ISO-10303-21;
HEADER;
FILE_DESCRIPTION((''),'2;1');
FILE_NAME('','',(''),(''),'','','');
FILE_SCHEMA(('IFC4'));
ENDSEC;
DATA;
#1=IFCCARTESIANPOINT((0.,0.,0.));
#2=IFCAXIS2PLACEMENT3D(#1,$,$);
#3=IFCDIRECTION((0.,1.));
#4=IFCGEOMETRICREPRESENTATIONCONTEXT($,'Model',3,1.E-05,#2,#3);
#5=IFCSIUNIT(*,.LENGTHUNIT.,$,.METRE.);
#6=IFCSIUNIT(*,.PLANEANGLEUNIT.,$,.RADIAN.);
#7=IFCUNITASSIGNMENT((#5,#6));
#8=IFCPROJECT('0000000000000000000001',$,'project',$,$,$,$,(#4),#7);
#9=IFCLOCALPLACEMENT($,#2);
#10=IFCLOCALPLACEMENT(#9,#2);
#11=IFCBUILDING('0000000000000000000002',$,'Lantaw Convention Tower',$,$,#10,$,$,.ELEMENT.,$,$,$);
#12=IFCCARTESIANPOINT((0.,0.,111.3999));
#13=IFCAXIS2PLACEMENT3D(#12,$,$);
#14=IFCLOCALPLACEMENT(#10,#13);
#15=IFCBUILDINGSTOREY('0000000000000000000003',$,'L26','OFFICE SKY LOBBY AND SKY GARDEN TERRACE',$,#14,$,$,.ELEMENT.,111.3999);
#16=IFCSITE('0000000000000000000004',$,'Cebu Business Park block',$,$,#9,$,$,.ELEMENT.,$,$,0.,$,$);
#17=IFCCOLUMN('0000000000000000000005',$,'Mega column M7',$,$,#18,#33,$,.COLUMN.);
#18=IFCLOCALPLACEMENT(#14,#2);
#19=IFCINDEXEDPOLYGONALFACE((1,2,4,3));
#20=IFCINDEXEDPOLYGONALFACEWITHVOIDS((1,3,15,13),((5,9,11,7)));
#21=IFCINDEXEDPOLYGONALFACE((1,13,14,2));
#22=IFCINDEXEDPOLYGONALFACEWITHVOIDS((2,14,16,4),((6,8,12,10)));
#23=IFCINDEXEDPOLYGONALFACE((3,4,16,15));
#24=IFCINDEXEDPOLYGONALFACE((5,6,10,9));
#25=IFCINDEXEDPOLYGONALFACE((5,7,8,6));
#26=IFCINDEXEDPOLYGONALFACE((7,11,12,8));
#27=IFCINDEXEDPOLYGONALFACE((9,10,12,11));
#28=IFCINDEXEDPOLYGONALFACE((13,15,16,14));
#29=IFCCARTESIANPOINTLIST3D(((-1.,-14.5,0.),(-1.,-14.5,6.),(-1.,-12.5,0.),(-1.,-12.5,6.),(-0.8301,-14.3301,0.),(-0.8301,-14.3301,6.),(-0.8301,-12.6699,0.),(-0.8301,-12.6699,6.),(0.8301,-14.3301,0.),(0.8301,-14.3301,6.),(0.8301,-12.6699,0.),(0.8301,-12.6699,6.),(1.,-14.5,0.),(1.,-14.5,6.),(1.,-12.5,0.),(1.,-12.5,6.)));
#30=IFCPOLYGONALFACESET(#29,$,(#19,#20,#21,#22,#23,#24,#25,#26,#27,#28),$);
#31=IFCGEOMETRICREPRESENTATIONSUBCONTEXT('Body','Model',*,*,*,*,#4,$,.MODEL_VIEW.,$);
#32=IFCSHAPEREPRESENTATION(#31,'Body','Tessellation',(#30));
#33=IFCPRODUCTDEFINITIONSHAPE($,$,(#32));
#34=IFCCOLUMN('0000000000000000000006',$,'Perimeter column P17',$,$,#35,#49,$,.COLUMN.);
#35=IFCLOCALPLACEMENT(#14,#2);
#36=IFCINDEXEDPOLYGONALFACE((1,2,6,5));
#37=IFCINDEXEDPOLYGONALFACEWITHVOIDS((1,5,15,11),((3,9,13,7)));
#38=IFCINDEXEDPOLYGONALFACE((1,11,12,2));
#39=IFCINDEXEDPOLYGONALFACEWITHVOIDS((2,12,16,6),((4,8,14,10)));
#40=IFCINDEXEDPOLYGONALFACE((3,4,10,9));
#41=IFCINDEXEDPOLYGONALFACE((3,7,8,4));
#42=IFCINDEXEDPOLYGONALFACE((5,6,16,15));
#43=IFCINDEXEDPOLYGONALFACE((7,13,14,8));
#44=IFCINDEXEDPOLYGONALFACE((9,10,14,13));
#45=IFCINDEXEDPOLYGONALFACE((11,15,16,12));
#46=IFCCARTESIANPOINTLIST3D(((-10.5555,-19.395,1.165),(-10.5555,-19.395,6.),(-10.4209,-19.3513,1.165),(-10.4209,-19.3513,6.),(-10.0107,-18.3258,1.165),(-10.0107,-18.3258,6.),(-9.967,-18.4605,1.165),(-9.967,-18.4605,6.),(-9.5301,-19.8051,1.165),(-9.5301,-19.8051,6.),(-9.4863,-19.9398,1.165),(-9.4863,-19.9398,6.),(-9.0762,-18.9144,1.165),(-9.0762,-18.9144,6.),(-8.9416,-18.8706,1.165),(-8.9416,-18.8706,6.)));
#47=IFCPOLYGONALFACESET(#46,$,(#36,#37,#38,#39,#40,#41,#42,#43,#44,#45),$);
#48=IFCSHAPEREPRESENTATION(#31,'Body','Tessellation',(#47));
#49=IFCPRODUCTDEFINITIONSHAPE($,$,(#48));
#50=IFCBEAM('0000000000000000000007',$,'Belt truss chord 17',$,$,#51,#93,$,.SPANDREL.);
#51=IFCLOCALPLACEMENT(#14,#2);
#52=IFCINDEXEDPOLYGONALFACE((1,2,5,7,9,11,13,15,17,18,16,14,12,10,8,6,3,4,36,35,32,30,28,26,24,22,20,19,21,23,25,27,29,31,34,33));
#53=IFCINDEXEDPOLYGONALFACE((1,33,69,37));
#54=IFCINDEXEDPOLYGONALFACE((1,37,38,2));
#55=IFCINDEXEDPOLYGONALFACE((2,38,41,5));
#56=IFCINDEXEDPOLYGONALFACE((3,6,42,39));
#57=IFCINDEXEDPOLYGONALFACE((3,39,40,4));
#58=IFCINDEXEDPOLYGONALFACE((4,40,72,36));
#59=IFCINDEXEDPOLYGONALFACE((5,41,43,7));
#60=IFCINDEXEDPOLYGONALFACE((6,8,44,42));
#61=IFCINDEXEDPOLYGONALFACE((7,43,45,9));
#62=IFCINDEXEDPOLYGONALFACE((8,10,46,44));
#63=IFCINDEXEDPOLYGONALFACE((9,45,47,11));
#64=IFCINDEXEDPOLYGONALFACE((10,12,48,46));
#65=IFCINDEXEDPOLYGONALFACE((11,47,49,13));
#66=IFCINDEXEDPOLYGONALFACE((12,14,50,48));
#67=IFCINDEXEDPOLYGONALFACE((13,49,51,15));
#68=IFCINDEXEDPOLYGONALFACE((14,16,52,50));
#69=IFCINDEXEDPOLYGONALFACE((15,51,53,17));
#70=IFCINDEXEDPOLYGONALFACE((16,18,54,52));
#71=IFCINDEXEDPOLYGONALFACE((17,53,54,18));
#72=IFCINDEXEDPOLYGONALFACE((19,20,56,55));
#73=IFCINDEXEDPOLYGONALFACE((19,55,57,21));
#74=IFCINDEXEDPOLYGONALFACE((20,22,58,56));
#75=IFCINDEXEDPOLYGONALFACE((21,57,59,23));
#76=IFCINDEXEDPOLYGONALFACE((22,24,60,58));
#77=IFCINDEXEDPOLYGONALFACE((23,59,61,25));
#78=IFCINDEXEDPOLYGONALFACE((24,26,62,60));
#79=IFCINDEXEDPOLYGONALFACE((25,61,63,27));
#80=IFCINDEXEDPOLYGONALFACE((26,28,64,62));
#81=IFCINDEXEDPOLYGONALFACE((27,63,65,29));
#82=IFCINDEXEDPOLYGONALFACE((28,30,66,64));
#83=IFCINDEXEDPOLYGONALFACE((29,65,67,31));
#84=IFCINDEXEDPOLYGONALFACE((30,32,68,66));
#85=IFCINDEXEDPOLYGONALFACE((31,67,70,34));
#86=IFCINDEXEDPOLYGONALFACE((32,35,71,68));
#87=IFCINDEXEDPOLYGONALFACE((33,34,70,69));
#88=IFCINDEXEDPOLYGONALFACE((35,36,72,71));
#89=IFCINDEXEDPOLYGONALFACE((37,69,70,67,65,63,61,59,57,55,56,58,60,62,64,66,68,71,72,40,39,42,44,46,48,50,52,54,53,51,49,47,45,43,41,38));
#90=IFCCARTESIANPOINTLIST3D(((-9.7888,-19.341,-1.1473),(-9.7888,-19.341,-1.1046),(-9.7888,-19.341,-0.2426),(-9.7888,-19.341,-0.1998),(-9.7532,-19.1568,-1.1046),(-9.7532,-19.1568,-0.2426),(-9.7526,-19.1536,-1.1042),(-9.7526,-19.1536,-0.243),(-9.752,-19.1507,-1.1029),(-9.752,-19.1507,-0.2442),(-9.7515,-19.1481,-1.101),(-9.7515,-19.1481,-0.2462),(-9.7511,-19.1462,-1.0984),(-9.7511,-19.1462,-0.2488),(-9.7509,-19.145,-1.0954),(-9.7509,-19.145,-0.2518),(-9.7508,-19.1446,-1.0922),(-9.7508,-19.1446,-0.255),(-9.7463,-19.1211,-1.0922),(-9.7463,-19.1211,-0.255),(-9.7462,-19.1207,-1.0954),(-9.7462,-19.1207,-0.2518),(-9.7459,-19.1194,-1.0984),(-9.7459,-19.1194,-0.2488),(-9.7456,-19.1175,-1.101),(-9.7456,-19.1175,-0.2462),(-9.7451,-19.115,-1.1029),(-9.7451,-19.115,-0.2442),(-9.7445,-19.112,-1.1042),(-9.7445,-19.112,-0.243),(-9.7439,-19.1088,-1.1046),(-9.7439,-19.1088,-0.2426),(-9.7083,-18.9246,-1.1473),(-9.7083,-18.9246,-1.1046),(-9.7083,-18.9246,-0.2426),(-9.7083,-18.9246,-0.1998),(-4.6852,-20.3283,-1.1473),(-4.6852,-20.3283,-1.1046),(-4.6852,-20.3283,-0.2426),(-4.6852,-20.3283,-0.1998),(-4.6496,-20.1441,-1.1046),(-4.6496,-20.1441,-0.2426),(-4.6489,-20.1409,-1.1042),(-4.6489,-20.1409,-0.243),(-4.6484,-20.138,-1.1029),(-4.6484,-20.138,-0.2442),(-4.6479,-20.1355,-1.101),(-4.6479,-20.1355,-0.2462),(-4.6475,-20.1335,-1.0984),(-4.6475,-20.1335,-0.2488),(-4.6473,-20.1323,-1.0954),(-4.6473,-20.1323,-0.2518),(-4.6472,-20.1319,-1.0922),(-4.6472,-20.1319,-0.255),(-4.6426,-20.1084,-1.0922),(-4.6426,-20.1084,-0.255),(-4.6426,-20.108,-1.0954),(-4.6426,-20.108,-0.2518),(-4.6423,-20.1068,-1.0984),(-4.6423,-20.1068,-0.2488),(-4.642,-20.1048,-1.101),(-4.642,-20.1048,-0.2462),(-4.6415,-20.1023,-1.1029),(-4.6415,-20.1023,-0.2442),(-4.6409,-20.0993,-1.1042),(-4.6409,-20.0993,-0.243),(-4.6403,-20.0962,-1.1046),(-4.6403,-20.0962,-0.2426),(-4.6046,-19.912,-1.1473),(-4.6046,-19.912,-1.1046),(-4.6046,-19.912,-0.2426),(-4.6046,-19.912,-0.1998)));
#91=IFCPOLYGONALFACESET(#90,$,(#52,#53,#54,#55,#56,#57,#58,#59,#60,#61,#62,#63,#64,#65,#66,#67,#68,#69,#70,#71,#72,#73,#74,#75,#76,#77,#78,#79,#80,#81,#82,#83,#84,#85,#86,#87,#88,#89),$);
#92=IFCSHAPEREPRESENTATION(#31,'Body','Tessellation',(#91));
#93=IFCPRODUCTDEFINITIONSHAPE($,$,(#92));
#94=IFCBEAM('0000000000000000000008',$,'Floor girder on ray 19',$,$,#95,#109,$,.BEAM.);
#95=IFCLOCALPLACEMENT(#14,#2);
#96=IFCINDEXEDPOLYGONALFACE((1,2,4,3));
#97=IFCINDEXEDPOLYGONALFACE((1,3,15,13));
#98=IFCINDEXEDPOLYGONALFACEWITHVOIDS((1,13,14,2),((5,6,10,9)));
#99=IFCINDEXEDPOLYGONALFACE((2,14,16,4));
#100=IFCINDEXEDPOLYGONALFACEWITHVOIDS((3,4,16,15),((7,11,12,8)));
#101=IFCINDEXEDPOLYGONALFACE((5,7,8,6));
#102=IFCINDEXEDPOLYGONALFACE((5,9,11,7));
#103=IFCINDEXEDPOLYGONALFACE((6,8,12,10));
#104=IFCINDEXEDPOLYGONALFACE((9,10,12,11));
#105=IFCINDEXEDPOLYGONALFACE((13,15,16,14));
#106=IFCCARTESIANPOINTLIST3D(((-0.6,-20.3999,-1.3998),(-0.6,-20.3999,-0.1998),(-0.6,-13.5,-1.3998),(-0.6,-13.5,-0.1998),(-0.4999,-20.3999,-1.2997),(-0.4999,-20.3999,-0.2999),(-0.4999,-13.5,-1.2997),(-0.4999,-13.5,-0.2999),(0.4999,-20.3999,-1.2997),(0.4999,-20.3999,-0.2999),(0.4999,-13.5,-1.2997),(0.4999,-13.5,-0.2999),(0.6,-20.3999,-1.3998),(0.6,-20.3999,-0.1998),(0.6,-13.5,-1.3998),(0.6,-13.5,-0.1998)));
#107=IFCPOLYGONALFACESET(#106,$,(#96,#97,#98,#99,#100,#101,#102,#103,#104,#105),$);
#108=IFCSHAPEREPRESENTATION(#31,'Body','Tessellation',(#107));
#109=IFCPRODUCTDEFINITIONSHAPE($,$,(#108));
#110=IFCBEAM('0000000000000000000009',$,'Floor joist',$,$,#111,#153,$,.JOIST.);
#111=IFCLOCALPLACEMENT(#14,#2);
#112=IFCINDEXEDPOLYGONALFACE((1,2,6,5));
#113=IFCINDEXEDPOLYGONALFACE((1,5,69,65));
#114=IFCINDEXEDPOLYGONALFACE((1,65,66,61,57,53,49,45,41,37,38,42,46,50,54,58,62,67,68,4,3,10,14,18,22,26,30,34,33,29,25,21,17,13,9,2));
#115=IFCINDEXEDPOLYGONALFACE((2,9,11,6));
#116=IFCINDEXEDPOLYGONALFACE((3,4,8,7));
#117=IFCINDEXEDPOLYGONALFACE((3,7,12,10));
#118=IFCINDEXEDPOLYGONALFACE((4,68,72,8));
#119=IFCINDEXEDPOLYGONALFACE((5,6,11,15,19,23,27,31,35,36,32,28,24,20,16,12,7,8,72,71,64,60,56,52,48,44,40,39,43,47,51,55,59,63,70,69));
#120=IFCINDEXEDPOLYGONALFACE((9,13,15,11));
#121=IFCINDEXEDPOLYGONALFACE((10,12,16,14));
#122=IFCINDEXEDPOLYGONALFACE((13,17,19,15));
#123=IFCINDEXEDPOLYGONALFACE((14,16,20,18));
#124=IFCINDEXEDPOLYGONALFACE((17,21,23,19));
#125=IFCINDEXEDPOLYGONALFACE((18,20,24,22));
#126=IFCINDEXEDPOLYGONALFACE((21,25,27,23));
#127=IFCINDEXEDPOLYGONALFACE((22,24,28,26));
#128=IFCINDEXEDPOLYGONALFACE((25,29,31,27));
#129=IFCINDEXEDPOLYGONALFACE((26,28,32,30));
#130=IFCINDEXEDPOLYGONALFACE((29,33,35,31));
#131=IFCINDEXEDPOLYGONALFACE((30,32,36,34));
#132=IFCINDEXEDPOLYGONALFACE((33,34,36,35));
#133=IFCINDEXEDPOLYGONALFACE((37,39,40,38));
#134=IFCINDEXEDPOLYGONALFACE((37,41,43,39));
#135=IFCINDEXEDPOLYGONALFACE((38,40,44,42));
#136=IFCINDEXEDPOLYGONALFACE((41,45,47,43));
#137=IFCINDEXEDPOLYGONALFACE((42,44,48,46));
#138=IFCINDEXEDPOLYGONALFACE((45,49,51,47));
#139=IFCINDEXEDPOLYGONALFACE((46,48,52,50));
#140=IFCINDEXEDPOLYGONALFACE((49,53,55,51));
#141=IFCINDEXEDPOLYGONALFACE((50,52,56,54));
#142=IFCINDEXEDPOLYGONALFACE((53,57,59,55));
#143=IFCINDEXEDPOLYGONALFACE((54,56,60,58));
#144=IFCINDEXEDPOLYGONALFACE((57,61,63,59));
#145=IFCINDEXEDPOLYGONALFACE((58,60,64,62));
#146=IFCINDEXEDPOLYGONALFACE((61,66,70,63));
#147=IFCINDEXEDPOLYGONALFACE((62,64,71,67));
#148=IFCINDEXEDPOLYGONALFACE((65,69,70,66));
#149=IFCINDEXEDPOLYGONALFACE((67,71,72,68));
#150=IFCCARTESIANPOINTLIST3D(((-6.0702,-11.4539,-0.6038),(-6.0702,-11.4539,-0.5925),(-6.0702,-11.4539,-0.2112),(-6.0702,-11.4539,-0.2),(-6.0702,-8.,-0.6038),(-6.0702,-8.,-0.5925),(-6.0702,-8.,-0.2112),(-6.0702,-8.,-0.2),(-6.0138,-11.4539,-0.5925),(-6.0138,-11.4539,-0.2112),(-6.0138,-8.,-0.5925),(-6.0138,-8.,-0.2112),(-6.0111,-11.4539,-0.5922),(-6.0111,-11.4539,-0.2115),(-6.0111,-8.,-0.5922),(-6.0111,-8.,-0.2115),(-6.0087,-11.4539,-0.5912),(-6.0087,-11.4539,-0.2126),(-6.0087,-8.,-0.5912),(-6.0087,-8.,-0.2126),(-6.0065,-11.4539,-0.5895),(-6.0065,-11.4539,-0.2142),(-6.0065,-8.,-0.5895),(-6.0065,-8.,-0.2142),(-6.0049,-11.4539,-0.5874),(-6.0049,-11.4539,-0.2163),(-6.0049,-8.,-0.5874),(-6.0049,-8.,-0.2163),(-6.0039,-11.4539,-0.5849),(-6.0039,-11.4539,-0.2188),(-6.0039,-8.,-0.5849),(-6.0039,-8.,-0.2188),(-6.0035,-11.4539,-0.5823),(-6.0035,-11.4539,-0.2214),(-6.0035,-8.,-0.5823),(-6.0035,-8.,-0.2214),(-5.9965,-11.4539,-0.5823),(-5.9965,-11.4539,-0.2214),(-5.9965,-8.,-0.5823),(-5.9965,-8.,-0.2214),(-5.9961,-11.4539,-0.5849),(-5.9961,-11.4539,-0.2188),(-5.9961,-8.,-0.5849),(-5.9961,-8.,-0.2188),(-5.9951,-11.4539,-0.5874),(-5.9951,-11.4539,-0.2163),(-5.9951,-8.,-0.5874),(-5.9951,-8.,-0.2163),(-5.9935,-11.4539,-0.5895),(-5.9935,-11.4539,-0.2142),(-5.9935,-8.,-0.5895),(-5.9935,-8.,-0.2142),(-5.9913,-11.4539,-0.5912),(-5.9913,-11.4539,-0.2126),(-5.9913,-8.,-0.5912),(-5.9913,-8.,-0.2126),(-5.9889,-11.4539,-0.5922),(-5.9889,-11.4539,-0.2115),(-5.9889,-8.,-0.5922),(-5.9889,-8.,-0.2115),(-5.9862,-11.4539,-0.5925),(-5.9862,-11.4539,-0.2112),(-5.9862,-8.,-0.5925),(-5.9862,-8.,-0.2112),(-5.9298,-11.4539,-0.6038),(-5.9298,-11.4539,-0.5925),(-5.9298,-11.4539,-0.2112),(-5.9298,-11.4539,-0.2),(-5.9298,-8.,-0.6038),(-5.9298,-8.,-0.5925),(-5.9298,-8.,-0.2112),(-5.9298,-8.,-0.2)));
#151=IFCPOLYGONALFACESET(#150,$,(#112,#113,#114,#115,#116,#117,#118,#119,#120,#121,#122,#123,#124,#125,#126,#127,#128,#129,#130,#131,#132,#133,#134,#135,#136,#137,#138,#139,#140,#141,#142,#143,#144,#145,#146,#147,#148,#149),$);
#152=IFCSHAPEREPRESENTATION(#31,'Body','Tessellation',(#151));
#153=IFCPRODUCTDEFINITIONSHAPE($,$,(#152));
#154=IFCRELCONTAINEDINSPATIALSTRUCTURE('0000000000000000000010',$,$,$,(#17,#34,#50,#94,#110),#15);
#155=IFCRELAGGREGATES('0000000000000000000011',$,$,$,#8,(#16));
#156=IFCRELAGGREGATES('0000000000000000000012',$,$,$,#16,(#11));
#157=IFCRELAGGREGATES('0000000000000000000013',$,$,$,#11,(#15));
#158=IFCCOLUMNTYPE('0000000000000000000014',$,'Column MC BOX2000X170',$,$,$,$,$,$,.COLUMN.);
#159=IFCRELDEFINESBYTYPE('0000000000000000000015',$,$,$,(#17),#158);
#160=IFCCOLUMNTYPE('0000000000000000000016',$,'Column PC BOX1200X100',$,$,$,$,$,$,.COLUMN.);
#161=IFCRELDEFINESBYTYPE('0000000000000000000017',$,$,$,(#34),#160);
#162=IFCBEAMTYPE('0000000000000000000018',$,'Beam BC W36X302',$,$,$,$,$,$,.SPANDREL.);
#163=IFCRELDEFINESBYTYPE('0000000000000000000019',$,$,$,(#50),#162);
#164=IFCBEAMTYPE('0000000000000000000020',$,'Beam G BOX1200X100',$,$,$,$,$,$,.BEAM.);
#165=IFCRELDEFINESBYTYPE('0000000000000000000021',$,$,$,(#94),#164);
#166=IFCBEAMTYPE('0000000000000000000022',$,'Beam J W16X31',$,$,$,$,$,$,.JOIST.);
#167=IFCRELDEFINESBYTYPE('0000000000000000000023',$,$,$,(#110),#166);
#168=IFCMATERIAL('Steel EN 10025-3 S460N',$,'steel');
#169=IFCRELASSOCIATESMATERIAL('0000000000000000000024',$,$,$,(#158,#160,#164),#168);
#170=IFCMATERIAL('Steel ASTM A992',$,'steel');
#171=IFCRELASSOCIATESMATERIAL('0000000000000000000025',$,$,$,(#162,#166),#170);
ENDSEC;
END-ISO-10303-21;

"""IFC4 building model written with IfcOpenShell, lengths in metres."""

from ifc_helpers import new_model, si_unit, direction, frame, origin, origin_2d, place, context, subcontext, project, spatial, rectangle, hollow_rectangle, i_section, extrude, material, material_profile, profile_set, type_object, element, save


model = new_model("IFC4")

# Units and contexts
model_context = context("Model", 3, precision=1e-05, world=origin(), true_north=direction((0.0, 1.0)))
body_context = subcontext(model_context, "Body", "Model", "MODEL_VIEW")
ifc_project = project(units=[si_unit("LENGTHUNIT", "METRE"), si_unit("PLANEANGLEUNIT", "RADIAN")], contexts=[model_context])

# Site, building, storey
site_placement = place(None, origin())
site = spatial("IfcSite", under=ifc_project, at=site_placement, Name="Cebu Business Park block", CompositionType="ELEMENT", RefElevation=0.0)
building_placement = place(site_placement, origin())
building = spatial("IfcBuilding", under=site, at=building_placement, Name="Lantaw Convention Tower", CompositionType="ELEMENT")
storey_placement = place(building_placement, frame((0.0, 0.0, 111.3999)))
storey = spatial("IfcBuildingStorey", under=building, at=storey_placement, Name="L26", Description="OFFICE SKY LOBBY AND SKY GARDEN TERRACE", CompositionType="ELEMENT", Elevation=111.3999)

# Columns
ifc_material_1 = material(Name="Steel EN 10025-3 S460N", Category="steel")
ifc_material_profile_1 = material_profile(ifc_material_1, hollow_rectangle(XDim=2.0, YDim=2.0, WallThickness=0.1699, at=origin_2d()), Name="BOX2000X170")
ifc_material_2 = material(Name="Concrete C60/75", Category="concrete")
ifc_material_profile_2 = material_profile(ifc_material_2, rectangle(XDim=1.6599, YDim=1.6599, at=origin_2d()), Name="Concrete fill of BOX2000X170")
ifc_profile_set_1 = profile_set([ifc_material_profile_1, ifc_material_profile_2], Name="Steel EN 10025-3 S460N")
column_type_1 = type_object("IfcColumnType", Name="Column MC BOX2000X170", PredefinedType="COLUMN", material=ifc_profile_set_1)
column_1_placement = place(storey_placement, frame((0.0, -13.5, 0.0), z_axis=(0.0, 0.0, 1.0), x_axis=(1.0, 0.0, 0.0)))
element("IfcColumn", 1, at=column_1_placement, inside=storey, type_object=column_type_1, Name="Mega column M7", PredefinedType="COLUMN", context=body_context, shape_type="SweptSolid", body=[
    extrude(hollow_rectangle(XDim=2.0, YDim=2.0, WallThickness=0.1699, at=origin_2d()), origin(), (0.0, 0.0, 1.0), 6.0),
])
ifc_material_profile_3 = material_profile(ifc_material_1, hollow_rectangle(XDim=1.2, YDim=1.2, WallThickness=0.1001, at=origin_2d()), Name="BOX1200X100")
ifc_material_profile_4 = material_profile(ifc_material_2, rectangle(XDim=1.0, YDim=1.0, at=origin_2d()), Name="Concrete fill of BOX1200X100")
ifc_profile_set_2 = profile_set([ifc_material_profile_3, ifc_material_profile_4], Name="Steel EN 10025-3 S460N")
column_type_2 = type_object("IfcColumnType", Name="Column PC BOX1200X100", PredefinedType="COLUMN", material=ifc_profile_set_2)
column_2_placement = place(storey_placement, frame((-9.7485, -19.1328, 1.165), z_axis=(0.0, 0.0, 1.0), x_axis=(0.45399, 0.891007, 0.0)))
element("IfcColumn", 2, at=column_2_placement, inside=storey, type_object=column_type_2, Name="Perimeter column P17", PredefinedType="COLUMN", context=body_context, shape_type="SweptSolid", body=[
    extrude(hollow_rectangle(XDim=1.2, YDim=1.2, WallThickness=0.1001, at=origin_2d()), origin(), (0.0, 0.0, 1.0), 4.835),
])

# Beams
ifc_material_3 = material(Name="Steel ASTM A992", Category="steel")
ifc_material_profile_5 = material_profile(ifc_material_3, i_section(OverallWidth=0.4241, OverallDepth=0.9475, WebThickness=0.0239, FlangeThickness=0.0427, FilletRadius=0.0125, at=origin_2d()), Name="W36X302")
ifc_profile_set_3 = profile_set([ifc_material_profile_5], Name="Steel ASTM A992")
beam_type_1 = type_object("IfcBeamType", Name="Beam BC W36X302", PredefinedType="SPANDREL", material=ifc_profile_set_3)
beam_1_placement = place(storey_placement, frame((-9.7485, -19.1328, -0.6736), z_axis=(0.981797, -0.189934, 0.0), x_axis=(0.189934, 0.981797, 0.0)))
element("IfcBeam", 3, at=beam_1_placement, inside=storey, type_object=beam_type_1, Name="Belt truss chord 17", PredefinedType="SPANDREL", context=body_context, shape_type="SweptSolid", body=[
    extrude(i_section(OverallWidth=0.4241, OverallDepth=0.9475, WebThickness=0.0239, FlangeThickness=0.0427, FilletRadius=0.0125, at=origin_2d()), origin(), (0.0, 0.0, 1.0), 5.1982),
])
ifc_material_profile_6 = material_profile(ifc_material_1, hollow_rectangle(XDim=1.2, YDim=1.2, WallThickness=0.1001, at=origin_2d()), Name="BOX1200X100")
ifc_profile_set_4 = profile_set([ifc_material_profile_6], Name="Steel EN 10025-3 S460N")
beam_type_2 = type_object("IfcBeamType", Name="Beam G BOX1200X100", PredefinedType="BEAM", material=ifc_profile_set_4)
beam_2_placement = place(storey_placement, frame((0.0, -13.5, -0.7998), z_axis=(0.0, -1.0, 0.0), x_axis=(1.0, 0.0, 0.0)))
element("IfcBeam", 4, at=beam_2_placement, inside=storey, type_object=beam_type_2, Name="Floor girder on ray 19", PredefinedType="BEAM", context=body_context, shape_type="SweptSolid", body=[
    extrude(hollow_rectangle(XDim=1.2, YDim=1.2, WallThickness=0.1001, at=origin_2d()), origin(), (0.0, 0.0, 1.0), 6.8999),
])
ifc_material_profile_7 = material_profile(ifc_material_3, i_section(OverallWidth=0.1404, OverallDepth=0.4038, WebThickness=0.0071, FlangeThickness=0.0112, FilletRadius=0.0103, at=origin_2d()), Name="W16X31")
ifc_profile_set_5 = profile_set([ifc_material_profile_7], Name="Steel ASTM A992")
beam_type_3 = type_object("IfcBeamType", Name="Beam J W16X31", PredefinedType="JOIST", material=ifc_profile_set_5)
beam_3_placement = place(storey_placement, frame((-6.0, -11.4539, -0.4019), z_axis=(0.0, 1.0, 0.0), x_axis=(-1.0, 0.0, 0.0)))
element("IfcBeam", 5, at=beam_3_placement, inside=storey, type_object=beam_type_3, Name="Floor joist", PredefinedType="JOIST", context=body_context, shape_type="SweptSolid", body=[
    extrude(i_section(OverallWidth=0.1404, OverallDepth=0.4038, WebThickness=0.0071, FlangeThickness=0.0112, FilletRadius=0.0103, at=origin_2d()), origin(), (0.0, 0.0, 1.0), 3.4539),
])

save(model, "model.ifc")
